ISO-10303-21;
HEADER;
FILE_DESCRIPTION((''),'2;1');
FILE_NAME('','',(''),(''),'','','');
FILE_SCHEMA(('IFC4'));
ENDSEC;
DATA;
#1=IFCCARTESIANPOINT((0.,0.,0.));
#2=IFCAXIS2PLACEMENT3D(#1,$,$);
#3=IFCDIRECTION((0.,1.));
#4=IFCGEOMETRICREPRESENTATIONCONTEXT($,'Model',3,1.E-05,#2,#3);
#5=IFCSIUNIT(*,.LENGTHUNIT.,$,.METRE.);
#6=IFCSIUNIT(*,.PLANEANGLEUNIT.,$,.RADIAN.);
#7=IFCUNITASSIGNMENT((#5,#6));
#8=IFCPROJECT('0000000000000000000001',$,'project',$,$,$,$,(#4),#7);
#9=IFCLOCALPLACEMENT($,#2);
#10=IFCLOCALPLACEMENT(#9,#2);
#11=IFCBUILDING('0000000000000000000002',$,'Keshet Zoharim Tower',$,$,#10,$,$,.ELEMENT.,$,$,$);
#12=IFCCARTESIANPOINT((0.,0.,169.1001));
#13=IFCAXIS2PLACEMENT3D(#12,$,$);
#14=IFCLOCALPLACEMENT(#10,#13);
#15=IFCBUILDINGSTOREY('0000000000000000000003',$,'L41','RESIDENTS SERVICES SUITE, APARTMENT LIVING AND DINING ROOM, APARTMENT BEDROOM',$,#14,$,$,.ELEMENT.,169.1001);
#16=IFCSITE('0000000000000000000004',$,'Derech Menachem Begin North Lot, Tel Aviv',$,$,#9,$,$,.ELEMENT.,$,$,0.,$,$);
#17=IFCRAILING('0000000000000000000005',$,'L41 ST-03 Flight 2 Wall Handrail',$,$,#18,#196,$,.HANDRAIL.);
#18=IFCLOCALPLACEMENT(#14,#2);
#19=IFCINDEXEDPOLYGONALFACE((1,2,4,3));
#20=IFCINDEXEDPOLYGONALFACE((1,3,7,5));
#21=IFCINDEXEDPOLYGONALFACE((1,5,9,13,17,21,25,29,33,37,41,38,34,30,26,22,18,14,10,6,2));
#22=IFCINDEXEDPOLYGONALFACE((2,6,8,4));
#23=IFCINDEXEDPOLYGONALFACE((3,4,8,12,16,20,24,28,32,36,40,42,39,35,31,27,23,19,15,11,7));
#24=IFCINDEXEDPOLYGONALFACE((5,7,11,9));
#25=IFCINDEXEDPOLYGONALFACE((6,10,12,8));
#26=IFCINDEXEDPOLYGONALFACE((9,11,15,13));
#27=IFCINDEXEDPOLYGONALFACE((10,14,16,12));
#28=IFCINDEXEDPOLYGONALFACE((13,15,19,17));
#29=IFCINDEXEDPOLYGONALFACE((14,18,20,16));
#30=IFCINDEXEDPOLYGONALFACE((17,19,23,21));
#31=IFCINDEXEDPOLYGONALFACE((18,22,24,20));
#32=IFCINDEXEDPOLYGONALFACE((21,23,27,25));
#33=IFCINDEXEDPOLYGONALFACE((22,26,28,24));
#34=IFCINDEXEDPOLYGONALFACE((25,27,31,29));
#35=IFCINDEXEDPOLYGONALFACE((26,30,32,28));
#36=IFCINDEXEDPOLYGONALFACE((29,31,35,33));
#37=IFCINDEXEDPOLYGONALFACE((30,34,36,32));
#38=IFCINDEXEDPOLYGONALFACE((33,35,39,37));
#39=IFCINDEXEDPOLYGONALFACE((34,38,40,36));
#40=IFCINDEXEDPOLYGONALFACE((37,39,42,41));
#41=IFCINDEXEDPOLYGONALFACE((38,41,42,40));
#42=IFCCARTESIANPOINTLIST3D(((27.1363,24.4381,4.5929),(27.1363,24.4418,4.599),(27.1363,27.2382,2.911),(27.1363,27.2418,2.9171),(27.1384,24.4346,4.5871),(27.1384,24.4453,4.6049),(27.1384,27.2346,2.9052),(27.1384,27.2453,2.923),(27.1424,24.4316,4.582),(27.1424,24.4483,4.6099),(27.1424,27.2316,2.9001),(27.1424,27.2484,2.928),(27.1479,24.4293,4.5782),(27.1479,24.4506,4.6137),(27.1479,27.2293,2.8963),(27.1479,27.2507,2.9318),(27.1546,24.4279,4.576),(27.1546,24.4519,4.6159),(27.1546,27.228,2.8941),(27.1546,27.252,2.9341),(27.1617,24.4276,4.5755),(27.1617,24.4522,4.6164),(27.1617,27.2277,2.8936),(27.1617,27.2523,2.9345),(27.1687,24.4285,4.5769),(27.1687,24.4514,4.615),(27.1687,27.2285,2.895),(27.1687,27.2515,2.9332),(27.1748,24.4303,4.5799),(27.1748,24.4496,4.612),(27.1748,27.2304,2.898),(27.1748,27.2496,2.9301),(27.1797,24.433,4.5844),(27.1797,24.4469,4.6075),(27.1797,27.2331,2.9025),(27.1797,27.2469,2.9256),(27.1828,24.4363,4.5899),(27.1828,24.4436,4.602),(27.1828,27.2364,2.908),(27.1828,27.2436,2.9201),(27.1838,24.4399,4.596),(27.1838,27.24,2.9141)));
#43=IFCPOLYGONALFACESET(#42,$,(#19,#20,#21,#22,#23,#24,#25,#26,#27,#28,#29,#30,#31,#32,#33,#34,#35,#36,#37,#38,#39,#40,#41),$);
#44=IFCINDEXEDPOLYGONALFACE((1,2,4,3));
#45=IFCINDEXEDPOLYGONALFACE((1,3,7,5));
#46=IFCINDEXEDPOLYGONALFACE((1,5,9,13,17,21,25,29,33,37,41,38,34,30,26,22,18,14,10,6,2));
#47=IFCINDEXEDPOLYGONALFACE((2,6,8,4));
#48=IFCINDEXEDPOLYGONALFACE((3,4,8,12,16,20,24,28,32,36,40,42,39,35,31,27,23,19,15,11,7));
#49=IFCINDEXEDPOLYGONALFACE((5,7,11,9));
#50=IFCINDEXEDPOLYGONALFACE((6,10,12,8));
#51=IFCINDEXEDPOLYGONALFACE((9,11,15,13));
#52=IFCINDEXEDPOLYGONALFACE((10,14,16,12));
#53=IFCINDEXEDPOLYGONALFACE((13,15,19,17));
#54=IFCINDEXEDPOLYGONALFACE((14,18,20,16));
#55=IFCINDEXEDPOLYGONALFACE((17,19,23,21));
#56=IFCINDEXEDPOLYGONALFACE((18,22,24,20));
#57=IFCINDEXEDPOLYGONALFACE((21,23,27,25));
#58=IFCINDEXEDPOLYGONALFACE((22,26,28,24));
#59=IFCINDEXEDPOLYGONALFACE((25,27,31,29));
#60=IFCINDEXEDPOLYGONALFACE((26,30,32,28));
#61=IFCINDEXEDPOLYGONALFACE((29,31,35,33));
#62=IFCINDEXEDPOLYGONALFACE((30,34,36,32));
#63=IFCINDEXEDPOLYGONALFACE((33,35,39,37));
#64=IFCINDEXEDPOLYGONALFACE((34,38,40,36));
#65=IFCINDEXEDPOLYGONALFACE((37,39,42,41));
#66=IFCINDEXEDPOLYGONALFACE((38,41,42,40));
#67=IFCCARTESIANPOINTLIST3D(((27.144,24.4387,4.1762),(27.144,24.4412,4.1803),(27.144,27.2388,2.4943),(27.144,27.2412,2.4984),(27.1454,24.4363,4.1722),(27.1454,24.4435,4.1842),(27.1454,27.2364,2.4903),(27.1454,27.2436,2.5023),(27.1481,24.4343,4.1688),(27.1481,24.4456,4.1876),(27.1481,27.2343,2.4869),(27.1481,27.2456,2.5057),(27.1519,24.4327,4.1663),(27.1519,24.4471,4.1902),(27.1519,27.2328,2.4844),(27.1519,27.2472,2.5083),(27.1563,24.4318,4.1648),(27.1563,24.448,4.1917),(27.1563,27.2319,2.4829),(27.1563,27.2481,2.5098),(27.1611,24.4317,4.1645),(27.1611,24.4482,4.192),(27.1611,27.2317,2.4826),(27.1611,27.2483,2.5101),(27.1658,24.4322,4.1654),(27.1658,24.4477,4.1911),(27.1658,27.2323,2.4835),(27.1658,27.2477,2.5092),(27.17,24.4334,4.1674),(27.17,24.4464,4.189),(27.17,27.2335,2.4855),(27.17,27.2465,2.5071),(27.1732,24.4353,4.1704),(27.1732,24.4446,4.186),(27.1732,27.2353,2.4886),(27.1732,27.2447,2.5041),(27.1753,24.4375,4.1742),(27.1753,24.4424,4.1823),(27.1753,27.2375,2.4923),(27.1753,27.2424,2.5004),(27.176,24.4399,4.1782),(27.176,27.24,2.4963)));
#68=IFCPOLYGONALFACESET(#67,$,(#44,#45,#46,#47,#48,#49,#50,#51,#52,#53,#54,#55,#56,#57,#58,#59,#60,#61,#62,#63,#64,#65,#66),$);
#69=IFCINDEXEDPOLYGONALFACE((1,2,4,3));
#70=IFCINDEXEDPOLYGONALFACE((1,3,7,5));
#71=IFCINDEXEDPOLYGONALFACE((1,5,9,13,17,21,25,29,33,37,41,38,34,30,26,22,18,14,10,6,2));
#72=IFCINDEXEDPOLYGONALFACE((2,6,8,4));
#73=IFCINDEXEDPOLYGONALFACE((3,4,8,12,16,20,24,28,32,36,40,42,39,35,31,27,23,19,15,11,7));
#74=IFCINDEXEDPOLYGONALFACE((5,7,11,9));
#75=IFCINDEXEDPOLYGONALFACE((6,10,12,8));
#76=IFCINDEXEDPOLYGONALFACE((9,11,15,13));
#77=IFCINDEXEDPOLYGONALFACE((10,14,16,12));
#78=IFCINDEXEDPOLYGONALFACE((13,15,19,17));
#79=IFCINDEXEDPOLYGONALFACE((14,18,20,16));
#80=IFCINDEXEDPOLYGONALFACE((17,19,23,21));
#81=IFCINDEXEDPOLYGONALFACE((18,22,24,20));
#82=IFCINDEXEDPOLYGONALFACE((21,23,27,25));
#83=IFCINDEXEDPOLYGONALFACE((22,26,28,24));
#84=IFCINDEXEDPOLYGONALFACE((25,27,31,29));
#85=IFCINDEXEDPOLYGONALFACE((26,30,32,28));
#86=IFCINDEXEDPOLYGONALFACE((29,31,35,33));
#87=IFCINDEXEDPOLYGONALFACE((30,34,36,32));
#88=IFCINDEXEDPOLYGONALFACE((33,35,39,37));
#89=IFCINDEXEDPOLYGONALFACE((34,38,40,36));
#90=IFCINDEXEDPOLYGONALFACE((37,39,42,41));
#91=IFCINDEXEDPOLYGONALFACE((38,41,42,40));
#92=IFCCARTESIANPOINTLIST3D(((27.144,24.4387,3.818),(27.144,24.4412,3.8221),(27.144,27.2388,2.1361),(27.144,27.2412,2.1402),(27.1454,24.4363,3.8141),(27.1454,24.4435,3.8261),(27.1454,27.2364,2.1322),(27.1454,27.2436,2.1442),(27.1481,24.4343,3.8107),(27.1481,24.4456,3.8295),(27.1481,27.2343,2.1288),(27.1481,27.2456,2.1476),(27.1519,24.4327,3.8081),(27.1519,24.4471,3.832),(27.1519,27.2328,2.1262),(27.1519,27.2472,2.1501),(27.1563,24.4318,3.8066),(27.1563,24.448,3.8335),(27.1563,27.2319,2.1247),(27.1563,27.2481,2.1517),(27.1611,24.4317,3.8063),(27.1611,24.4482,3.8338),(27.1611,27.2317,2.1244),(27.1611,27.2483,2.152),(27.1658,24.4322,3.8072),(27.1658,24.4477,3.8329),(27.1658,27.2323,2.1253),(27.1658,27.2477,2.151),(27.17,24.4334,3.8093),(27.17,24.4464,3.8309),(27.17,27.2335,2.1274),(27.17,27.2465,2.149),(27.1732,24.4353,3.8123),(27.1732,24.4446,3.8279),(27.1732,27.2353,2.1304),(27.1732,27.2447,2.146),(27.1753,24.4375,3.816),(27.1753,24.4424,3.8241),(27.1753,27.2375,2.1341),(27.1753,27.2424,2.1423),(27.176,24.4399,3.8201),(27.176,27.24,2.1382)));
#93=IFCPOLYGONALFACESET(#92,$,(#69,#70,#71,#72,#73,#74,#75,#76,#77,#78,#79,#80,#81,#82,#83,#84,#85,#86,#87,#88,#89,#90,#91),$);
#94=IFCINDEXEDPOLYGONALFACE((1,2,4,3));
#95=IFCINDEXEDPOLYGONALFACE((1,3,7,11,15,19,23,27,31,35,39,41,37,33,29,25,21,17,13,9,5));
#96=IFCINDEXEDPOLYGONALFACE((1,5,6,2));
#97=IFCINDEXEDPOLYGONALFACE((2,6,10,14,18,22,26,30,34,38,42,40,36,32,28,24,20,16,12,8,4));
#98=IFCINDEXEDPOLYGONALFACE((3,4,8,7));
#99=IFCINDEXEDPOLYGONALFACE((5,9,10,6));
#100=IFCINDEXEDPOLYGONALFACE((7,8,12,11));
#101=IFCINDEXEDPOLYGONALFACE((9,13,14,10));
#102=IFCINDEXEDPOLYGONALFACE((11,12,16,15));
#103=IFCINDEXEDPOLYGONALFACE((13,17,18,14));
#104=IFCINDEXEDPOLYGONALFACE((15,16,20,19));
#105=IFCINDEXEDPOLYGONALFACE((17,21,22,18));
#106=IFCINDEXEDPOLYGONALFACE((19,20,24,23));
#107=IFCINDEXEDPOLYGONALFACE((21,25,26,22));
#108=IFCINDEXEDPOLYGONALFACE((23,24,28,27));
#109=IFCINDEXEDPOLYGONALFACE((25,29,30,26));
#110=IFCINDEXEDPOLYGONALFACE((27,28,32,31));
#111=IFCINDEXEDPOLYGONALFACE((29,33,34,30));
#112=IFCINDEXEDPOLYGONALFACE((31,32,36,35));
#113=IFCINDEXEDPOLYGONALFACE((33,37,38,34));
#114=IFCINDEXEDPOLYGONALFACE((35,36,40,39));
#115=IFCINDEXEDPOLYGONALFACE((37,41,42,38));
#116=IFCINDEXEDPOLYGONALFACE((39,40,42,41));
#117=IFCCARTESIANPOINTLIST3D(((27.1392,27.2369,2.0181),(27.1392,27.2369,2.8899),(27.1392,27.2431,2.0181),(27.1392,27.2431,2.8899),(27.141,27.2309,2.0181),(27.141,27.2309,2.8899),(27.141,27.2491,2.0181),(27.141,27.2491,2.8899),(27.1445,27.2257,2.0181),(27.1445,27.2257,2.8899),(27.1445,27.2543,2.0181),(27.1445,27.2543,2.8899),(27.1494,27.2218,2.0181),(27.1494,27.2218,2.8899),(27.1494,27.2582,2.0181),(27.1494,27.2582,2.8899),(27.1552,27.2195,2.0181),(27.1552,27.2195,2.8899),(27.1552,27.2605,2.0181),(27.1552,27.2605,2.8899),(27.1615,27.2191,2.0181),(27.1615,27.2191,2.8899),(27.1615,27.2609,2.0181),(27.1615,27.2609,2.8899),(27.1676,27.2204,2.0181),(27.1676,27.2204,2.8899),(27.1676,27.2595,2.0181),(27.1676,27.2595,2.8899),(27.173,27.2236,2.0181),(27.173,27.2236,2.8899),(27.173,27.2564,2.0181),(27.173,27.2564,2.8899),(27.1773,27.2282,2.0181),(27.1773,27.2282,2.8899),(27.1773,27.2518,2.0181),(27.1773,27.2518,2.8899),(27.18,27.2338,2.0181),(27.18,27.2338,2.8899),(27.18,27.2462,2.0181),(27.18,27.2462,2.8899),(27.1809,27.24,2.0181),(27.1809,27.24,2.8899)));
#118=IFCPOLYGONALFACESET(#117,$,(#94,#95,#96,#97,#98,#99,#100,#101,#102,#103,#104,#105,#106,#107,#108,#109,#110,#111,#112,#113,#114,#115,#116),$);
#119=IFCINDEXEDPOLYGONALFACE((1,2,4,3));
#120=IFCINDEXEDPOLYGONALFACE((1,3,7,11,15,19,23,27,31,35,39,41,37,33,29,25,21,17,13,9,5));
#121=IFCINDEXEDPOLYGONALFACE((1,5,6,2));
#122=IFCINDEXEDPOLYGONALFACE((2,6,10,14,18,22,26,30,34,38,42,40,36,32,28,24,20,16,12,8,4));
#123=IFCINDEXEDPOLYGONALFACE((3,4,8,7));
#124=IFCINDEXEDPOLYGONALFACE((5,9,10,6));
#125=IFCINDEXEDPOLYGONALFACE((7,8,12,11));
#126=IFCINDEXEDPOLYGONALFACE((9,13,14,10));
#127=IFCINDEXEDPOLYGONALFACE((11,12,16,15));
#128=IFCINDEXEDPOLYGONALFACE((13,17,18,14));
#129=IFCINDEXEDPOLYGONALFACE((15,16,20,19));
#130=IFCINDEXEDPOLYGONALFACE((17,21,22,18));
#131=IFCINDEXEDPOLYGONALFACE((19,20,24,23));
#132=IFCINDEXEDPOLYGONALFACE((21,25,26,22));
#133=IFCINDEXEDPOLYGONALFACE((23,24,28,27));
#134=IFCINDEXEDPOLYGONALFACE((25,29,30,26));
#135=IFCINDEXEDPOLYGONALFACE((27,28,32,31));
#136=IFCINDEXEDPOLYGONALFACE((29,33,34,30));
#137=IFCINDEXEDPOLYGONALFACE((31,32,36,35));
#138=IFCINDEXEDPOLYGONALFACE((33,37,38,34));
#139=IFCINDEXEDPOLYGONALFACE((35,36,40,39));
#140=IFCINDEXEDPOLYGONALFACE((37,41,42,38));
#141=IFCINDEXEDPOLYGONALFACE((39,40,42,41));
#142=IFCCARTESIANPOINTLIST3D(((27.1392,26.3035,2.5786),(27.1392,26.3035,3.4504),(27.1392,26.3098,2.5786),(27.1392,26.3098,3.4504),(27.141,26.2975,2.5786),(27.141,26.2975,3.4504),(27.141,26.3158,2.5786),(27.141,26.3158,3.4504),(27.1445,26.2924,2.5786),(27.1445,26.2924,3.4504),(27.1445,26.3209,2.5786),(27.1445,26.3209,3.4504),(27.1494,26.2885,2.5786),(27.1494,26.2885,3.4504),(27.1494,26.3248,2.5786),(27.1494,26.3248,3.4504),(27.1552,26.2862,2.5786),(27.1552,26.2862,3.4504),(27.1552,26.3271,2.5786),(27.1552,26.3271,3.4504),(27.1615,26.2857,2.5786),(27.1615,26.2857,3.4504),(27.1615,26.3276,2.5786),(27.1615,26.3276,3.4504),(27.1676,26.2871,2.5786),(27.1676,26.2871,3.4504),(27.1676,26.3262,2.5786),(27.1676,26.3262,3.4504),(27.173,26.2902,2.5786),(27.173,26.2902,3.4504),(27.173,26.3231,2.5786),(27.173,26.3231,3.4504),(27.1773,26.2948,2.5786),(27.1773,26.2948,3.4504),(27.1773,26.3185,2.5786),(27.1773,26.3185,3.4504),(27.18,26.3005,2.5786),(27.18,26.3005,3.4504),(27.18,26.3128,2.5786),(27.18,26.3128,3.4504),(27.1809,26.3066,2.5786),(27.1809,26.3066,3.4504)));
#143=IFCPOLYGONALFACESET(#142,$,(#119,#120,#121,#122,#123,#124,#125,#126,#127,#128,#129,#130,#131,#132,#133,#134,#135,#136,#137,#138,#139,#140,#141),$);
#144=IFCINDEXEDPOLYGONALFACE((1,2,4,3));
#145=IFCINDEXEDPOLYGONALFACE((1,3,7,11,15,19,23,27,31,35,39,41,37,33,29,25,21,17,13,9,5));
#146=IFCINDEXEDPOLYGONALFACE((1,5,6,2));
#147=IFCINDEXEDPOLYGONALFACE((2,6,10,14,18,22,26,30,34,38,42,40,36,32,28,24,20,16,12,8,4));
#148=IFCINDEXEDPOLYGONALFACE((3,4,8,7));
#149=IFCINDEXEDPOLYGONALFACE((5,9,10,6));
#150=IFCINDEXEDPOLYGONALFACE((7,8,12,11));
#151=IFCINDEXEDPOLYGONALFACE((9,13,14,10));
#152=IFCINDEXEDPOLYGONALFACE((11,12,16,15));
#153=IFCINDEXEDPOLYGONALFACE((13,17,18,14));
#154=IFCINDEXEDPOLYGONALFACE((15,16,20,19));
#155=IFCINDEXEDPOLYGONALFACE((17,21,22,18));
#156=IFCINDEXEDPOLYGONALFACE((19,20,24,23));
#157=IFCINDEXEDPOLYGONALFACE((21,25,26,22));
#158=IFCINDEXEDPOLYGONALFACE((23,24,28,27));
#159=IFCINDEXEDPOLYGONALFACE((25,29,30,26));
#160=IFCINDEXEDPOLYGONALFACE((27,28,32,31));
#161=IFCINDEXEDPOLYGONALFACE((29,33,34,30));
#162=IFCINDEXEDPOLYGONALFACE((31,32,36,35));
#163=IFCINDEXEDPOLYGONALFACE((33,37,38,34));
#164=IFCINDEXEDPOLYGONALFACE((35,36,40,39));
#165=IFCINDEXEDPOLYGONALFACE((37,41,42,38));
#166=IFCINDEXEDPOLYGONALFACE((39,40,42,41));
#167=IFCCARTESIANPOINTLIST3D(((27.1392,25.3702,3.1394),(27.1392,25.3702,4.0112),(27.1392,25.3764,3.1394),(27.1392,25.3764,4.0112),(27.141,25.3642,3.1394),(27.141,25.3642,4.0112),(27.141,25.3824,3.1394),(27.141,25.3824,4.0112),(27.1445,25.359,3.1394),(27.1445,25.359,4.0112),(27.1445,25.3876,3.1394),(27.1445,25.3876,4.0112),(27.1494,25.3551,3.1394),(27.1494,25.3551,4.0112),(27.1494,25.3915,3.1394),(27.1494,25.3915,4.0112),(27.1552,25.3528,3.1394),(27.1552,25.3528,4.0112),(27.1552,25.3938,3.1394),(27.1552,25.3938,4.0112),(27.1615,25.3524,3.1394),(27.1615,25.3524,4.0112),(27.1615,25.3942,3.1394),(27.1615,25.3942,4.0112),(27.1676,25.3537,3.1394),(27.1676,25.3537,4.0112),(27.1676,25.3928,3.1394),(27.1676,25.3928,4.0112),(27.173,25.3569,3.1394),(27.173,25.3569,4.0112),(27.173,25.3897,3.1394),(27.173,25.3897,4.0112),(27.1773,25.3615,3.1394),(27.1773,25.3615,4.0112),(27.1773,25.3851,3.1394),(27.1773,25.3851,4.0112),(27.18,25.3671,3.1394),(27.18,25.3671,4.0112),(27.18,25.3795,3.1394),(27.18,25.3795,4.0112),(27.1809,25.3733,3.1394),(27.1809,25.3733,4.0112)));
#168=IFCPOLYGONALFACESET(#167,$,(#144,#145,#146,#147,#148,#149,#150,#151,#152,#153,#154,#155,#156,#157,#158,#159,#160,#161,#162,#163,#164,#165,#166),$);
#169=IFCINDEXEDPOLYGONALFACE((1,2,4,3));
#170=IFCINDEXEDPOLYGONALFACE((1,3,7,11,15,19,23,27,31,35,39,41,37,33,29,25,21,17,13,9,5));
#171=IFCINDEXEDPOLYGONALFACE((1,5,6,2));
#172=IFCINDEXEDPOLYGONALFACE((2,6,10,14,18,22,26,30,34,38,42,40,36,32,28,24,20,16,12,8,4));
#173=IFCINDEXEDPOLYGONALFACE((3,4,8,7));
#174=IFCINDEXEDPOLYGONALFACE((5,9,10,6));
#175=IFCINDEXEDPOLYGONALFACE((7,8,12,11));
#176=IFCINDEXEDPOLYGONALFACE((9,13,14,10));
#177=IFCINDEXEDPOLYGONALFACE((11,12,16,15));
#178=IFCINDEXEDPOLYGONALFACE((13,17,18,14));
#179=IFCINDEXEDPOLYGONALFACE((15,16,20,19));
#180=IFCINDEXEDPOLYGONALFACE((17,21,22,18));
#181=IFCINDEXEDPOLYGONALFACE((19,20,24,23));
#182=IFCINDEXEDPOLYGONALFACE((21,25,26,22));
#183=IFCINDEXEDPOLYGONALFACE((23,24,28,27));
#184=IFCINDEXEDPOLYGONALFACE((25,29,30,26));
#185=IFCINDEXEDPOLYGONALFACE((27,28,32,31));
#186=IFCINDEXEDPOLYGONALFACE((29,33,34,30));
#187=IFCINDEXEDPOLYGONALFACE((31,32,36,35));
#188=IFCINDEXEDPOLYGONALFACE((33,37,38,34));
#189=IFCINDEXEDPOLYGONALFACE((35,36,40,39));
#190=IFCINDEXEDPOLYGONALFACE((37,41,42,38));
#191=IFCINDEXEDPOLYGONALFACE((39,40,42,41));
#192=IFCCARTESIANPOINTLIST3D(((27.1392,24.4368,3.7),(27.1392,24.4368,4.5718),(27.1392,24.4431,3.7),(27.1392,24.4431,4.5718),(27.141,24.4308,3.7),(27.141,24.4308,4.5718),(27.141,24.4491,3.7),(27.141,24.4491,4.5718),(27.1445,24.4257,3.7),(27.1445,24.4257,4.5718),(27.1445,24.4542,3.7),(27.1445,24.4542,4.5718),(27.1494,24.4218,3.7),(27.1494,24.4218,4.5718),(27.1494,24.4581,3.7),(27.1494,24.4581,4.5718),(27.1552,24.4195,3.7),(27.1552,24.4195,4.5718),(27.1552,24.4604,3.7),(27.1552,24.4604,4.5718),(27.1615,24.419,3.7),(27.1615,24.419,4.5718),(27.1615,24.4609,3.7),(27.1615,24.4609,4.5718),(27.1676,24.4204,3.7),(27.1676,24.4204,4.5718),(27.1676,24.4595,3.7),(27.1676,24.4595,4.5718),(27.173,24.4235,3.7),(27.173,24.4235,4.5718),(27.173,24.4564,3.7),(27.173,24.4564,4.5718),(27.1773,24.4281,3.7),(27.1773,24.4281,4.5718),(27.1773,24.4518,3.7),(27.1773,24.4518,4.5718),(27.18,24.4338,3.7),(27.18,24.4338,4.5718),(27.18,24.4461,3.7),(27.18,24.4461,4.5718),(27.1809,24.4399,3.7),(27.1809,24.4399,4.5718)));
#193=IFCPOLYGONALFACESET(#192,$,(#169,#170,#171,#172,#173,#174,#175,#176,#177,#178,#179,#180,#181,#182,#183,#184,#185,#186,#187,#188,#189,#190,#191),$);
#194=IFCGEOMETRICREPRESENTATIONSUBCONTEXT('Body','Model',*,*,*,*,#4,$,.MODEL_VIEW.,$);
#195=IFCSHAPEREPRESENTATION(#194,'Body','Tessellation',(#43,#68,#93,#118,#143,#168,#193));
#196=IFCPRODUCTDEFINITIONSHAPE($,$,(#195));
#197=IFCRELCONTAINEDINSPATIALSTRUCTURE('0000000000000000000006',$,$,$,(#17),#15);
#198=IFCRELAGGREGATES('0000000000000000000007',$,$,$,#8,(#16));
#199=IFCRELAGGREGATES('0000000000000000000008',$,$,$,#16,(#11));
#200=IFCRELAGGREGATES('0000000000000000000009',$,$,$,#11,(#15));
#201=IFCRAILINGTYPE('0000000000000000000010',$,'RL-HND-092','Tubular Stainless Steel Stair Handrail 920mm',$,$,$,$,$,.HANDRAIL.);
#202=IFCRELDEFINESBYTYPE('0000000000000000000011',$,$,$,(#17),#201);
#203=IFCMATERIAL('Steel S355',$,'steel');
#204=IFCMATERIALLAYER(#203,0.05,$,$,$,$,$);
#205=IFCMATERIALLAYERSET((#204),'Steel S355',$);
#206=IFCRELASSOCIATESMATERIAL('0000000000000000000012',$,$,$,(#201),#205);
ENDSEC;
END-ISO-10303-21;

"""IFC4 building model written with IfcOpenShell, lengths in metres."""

from ifc_helpers import new_model, si_unit, direction, frame, origin, origin_2d, place, context, subcontext, project, spatial, circle, extrude, material, layer, layer_set, type_object, element, save


model = new_model("IFC4")

# Units and contexts
model_context = context("Model", 3, precision=1e-05, world=origin(), true_north=direction((0.0, 1.0)))
body_context = subcontext(model_context, "Body", "Model", "MODEL_VIEW")
ifc_project = project(units=[si_unit("LENGTHUNIT", "METRE"), si_unit("PLANEANGLEUNIT", "RADIAN")], contexts=[model_context])

# Site, building, storey
site_placement = place(None, origin())
site = spatial("IfcSite", under=ifc_project, at=site_placement, Name="Derech Menachem Begin North Lot, Tel Aviv", CompositionType="ELEMENT", RefElevation=0.0)
building_placement = place(site_placement, origin())
building = spatial("IfcBuilding", under=site, at=building_placement, Name="Keshet Zoharim Tower", CompositionType="ELEMENT")
storey_placement = place(building_placement, frame((0.0, 0.0, 169.1001)))
storey = spatial("IfcBuildingStorey", under=building, at=storey_placement, Name="L41", Description="RESIDENTS SERVICES SUITE, APARTMENT LIVING AND DINING ROOM, APARTMENT BEDROOM", CompositionType="ELEMENT", Elevation=169.1001)

# Shared definitions
ifc_material_1 = material(Name="Steel S355", Category="steel")

# Railing
ifc_layer_1 = layer(ifc_material_1, 0.05)
ifc_layer_set_1 = layer_set([ifc_layer_1], Name="Steel S355")
railing_type = type_object("IfcRailingType", Name="RL-HND-092", Description="Tubular Stainless Steel Stair Handrail 920mm", PredefinedType="HANDRAIL", material=ifc_layer_set_1)
railing_placement = place(storey_placement, frame((27.1599, 27.24, 2.0181)))
element("IfcRailing", 1, at=railing_placement, inside=storey, type_object=railing_type, Name="L41 ST-03 Flight 2 Wall Handrail", PredefinedType="HANDRAIL", context=body_context, shape_type="SweptSolid", body=[
    extrude(circle(Radius=0.0239, at=origin_2d()), frame((0.0, 0.0, 0.896), z_axis=(0.0, -0.857242, 0.514913), x_axis=(1.0, 0.0, 0.0)), (0.0, 0.0, 1.0), 3.2664),
    extrude(circle(Radius=0.0161, at=origin_2d()), frame((0.0, 0.0, 0.4783), z_axis=(0.0, -0.857242, 0.514913), x_axis=(1.0, 0.0, 0.0)), (0.0, 0.0, 1.0), 3.2664),
    extrude(circle(Radius=0.0161, at=origin_2d()), frame((0.0, 0.0, 0.1201), z_axis=(0.0, -0.857242, 0.514913), x_axis=(1.0, 0.0, 0.0)), (0.0, 0.0, 1.0), 3.2664),
    extrude(circle(Radius=0.021, at=origin_2d()), origin(), (0.0, 0.0, 1.0), 0.8718),
    extrude(circle(Radius=0.021, at=origin_2d()), frame((0.0, -0.9333, 0.5605)), (0.0, 0.0, 1.0), 0.8718),
    extrude(circle(Radius=0.021, at=origin_2d()), frame((0.0, -1.8667, 1.1213)), (0.0, 0.0, 1.0), 0.8718),
    extrude(circle(Radius=0.021, at=origin_2d()), frame((0.0, -2.8, 1.6819)), (0.0, 0.0, 1.0), 0.8718),
])

save(model, "model.ifc")
